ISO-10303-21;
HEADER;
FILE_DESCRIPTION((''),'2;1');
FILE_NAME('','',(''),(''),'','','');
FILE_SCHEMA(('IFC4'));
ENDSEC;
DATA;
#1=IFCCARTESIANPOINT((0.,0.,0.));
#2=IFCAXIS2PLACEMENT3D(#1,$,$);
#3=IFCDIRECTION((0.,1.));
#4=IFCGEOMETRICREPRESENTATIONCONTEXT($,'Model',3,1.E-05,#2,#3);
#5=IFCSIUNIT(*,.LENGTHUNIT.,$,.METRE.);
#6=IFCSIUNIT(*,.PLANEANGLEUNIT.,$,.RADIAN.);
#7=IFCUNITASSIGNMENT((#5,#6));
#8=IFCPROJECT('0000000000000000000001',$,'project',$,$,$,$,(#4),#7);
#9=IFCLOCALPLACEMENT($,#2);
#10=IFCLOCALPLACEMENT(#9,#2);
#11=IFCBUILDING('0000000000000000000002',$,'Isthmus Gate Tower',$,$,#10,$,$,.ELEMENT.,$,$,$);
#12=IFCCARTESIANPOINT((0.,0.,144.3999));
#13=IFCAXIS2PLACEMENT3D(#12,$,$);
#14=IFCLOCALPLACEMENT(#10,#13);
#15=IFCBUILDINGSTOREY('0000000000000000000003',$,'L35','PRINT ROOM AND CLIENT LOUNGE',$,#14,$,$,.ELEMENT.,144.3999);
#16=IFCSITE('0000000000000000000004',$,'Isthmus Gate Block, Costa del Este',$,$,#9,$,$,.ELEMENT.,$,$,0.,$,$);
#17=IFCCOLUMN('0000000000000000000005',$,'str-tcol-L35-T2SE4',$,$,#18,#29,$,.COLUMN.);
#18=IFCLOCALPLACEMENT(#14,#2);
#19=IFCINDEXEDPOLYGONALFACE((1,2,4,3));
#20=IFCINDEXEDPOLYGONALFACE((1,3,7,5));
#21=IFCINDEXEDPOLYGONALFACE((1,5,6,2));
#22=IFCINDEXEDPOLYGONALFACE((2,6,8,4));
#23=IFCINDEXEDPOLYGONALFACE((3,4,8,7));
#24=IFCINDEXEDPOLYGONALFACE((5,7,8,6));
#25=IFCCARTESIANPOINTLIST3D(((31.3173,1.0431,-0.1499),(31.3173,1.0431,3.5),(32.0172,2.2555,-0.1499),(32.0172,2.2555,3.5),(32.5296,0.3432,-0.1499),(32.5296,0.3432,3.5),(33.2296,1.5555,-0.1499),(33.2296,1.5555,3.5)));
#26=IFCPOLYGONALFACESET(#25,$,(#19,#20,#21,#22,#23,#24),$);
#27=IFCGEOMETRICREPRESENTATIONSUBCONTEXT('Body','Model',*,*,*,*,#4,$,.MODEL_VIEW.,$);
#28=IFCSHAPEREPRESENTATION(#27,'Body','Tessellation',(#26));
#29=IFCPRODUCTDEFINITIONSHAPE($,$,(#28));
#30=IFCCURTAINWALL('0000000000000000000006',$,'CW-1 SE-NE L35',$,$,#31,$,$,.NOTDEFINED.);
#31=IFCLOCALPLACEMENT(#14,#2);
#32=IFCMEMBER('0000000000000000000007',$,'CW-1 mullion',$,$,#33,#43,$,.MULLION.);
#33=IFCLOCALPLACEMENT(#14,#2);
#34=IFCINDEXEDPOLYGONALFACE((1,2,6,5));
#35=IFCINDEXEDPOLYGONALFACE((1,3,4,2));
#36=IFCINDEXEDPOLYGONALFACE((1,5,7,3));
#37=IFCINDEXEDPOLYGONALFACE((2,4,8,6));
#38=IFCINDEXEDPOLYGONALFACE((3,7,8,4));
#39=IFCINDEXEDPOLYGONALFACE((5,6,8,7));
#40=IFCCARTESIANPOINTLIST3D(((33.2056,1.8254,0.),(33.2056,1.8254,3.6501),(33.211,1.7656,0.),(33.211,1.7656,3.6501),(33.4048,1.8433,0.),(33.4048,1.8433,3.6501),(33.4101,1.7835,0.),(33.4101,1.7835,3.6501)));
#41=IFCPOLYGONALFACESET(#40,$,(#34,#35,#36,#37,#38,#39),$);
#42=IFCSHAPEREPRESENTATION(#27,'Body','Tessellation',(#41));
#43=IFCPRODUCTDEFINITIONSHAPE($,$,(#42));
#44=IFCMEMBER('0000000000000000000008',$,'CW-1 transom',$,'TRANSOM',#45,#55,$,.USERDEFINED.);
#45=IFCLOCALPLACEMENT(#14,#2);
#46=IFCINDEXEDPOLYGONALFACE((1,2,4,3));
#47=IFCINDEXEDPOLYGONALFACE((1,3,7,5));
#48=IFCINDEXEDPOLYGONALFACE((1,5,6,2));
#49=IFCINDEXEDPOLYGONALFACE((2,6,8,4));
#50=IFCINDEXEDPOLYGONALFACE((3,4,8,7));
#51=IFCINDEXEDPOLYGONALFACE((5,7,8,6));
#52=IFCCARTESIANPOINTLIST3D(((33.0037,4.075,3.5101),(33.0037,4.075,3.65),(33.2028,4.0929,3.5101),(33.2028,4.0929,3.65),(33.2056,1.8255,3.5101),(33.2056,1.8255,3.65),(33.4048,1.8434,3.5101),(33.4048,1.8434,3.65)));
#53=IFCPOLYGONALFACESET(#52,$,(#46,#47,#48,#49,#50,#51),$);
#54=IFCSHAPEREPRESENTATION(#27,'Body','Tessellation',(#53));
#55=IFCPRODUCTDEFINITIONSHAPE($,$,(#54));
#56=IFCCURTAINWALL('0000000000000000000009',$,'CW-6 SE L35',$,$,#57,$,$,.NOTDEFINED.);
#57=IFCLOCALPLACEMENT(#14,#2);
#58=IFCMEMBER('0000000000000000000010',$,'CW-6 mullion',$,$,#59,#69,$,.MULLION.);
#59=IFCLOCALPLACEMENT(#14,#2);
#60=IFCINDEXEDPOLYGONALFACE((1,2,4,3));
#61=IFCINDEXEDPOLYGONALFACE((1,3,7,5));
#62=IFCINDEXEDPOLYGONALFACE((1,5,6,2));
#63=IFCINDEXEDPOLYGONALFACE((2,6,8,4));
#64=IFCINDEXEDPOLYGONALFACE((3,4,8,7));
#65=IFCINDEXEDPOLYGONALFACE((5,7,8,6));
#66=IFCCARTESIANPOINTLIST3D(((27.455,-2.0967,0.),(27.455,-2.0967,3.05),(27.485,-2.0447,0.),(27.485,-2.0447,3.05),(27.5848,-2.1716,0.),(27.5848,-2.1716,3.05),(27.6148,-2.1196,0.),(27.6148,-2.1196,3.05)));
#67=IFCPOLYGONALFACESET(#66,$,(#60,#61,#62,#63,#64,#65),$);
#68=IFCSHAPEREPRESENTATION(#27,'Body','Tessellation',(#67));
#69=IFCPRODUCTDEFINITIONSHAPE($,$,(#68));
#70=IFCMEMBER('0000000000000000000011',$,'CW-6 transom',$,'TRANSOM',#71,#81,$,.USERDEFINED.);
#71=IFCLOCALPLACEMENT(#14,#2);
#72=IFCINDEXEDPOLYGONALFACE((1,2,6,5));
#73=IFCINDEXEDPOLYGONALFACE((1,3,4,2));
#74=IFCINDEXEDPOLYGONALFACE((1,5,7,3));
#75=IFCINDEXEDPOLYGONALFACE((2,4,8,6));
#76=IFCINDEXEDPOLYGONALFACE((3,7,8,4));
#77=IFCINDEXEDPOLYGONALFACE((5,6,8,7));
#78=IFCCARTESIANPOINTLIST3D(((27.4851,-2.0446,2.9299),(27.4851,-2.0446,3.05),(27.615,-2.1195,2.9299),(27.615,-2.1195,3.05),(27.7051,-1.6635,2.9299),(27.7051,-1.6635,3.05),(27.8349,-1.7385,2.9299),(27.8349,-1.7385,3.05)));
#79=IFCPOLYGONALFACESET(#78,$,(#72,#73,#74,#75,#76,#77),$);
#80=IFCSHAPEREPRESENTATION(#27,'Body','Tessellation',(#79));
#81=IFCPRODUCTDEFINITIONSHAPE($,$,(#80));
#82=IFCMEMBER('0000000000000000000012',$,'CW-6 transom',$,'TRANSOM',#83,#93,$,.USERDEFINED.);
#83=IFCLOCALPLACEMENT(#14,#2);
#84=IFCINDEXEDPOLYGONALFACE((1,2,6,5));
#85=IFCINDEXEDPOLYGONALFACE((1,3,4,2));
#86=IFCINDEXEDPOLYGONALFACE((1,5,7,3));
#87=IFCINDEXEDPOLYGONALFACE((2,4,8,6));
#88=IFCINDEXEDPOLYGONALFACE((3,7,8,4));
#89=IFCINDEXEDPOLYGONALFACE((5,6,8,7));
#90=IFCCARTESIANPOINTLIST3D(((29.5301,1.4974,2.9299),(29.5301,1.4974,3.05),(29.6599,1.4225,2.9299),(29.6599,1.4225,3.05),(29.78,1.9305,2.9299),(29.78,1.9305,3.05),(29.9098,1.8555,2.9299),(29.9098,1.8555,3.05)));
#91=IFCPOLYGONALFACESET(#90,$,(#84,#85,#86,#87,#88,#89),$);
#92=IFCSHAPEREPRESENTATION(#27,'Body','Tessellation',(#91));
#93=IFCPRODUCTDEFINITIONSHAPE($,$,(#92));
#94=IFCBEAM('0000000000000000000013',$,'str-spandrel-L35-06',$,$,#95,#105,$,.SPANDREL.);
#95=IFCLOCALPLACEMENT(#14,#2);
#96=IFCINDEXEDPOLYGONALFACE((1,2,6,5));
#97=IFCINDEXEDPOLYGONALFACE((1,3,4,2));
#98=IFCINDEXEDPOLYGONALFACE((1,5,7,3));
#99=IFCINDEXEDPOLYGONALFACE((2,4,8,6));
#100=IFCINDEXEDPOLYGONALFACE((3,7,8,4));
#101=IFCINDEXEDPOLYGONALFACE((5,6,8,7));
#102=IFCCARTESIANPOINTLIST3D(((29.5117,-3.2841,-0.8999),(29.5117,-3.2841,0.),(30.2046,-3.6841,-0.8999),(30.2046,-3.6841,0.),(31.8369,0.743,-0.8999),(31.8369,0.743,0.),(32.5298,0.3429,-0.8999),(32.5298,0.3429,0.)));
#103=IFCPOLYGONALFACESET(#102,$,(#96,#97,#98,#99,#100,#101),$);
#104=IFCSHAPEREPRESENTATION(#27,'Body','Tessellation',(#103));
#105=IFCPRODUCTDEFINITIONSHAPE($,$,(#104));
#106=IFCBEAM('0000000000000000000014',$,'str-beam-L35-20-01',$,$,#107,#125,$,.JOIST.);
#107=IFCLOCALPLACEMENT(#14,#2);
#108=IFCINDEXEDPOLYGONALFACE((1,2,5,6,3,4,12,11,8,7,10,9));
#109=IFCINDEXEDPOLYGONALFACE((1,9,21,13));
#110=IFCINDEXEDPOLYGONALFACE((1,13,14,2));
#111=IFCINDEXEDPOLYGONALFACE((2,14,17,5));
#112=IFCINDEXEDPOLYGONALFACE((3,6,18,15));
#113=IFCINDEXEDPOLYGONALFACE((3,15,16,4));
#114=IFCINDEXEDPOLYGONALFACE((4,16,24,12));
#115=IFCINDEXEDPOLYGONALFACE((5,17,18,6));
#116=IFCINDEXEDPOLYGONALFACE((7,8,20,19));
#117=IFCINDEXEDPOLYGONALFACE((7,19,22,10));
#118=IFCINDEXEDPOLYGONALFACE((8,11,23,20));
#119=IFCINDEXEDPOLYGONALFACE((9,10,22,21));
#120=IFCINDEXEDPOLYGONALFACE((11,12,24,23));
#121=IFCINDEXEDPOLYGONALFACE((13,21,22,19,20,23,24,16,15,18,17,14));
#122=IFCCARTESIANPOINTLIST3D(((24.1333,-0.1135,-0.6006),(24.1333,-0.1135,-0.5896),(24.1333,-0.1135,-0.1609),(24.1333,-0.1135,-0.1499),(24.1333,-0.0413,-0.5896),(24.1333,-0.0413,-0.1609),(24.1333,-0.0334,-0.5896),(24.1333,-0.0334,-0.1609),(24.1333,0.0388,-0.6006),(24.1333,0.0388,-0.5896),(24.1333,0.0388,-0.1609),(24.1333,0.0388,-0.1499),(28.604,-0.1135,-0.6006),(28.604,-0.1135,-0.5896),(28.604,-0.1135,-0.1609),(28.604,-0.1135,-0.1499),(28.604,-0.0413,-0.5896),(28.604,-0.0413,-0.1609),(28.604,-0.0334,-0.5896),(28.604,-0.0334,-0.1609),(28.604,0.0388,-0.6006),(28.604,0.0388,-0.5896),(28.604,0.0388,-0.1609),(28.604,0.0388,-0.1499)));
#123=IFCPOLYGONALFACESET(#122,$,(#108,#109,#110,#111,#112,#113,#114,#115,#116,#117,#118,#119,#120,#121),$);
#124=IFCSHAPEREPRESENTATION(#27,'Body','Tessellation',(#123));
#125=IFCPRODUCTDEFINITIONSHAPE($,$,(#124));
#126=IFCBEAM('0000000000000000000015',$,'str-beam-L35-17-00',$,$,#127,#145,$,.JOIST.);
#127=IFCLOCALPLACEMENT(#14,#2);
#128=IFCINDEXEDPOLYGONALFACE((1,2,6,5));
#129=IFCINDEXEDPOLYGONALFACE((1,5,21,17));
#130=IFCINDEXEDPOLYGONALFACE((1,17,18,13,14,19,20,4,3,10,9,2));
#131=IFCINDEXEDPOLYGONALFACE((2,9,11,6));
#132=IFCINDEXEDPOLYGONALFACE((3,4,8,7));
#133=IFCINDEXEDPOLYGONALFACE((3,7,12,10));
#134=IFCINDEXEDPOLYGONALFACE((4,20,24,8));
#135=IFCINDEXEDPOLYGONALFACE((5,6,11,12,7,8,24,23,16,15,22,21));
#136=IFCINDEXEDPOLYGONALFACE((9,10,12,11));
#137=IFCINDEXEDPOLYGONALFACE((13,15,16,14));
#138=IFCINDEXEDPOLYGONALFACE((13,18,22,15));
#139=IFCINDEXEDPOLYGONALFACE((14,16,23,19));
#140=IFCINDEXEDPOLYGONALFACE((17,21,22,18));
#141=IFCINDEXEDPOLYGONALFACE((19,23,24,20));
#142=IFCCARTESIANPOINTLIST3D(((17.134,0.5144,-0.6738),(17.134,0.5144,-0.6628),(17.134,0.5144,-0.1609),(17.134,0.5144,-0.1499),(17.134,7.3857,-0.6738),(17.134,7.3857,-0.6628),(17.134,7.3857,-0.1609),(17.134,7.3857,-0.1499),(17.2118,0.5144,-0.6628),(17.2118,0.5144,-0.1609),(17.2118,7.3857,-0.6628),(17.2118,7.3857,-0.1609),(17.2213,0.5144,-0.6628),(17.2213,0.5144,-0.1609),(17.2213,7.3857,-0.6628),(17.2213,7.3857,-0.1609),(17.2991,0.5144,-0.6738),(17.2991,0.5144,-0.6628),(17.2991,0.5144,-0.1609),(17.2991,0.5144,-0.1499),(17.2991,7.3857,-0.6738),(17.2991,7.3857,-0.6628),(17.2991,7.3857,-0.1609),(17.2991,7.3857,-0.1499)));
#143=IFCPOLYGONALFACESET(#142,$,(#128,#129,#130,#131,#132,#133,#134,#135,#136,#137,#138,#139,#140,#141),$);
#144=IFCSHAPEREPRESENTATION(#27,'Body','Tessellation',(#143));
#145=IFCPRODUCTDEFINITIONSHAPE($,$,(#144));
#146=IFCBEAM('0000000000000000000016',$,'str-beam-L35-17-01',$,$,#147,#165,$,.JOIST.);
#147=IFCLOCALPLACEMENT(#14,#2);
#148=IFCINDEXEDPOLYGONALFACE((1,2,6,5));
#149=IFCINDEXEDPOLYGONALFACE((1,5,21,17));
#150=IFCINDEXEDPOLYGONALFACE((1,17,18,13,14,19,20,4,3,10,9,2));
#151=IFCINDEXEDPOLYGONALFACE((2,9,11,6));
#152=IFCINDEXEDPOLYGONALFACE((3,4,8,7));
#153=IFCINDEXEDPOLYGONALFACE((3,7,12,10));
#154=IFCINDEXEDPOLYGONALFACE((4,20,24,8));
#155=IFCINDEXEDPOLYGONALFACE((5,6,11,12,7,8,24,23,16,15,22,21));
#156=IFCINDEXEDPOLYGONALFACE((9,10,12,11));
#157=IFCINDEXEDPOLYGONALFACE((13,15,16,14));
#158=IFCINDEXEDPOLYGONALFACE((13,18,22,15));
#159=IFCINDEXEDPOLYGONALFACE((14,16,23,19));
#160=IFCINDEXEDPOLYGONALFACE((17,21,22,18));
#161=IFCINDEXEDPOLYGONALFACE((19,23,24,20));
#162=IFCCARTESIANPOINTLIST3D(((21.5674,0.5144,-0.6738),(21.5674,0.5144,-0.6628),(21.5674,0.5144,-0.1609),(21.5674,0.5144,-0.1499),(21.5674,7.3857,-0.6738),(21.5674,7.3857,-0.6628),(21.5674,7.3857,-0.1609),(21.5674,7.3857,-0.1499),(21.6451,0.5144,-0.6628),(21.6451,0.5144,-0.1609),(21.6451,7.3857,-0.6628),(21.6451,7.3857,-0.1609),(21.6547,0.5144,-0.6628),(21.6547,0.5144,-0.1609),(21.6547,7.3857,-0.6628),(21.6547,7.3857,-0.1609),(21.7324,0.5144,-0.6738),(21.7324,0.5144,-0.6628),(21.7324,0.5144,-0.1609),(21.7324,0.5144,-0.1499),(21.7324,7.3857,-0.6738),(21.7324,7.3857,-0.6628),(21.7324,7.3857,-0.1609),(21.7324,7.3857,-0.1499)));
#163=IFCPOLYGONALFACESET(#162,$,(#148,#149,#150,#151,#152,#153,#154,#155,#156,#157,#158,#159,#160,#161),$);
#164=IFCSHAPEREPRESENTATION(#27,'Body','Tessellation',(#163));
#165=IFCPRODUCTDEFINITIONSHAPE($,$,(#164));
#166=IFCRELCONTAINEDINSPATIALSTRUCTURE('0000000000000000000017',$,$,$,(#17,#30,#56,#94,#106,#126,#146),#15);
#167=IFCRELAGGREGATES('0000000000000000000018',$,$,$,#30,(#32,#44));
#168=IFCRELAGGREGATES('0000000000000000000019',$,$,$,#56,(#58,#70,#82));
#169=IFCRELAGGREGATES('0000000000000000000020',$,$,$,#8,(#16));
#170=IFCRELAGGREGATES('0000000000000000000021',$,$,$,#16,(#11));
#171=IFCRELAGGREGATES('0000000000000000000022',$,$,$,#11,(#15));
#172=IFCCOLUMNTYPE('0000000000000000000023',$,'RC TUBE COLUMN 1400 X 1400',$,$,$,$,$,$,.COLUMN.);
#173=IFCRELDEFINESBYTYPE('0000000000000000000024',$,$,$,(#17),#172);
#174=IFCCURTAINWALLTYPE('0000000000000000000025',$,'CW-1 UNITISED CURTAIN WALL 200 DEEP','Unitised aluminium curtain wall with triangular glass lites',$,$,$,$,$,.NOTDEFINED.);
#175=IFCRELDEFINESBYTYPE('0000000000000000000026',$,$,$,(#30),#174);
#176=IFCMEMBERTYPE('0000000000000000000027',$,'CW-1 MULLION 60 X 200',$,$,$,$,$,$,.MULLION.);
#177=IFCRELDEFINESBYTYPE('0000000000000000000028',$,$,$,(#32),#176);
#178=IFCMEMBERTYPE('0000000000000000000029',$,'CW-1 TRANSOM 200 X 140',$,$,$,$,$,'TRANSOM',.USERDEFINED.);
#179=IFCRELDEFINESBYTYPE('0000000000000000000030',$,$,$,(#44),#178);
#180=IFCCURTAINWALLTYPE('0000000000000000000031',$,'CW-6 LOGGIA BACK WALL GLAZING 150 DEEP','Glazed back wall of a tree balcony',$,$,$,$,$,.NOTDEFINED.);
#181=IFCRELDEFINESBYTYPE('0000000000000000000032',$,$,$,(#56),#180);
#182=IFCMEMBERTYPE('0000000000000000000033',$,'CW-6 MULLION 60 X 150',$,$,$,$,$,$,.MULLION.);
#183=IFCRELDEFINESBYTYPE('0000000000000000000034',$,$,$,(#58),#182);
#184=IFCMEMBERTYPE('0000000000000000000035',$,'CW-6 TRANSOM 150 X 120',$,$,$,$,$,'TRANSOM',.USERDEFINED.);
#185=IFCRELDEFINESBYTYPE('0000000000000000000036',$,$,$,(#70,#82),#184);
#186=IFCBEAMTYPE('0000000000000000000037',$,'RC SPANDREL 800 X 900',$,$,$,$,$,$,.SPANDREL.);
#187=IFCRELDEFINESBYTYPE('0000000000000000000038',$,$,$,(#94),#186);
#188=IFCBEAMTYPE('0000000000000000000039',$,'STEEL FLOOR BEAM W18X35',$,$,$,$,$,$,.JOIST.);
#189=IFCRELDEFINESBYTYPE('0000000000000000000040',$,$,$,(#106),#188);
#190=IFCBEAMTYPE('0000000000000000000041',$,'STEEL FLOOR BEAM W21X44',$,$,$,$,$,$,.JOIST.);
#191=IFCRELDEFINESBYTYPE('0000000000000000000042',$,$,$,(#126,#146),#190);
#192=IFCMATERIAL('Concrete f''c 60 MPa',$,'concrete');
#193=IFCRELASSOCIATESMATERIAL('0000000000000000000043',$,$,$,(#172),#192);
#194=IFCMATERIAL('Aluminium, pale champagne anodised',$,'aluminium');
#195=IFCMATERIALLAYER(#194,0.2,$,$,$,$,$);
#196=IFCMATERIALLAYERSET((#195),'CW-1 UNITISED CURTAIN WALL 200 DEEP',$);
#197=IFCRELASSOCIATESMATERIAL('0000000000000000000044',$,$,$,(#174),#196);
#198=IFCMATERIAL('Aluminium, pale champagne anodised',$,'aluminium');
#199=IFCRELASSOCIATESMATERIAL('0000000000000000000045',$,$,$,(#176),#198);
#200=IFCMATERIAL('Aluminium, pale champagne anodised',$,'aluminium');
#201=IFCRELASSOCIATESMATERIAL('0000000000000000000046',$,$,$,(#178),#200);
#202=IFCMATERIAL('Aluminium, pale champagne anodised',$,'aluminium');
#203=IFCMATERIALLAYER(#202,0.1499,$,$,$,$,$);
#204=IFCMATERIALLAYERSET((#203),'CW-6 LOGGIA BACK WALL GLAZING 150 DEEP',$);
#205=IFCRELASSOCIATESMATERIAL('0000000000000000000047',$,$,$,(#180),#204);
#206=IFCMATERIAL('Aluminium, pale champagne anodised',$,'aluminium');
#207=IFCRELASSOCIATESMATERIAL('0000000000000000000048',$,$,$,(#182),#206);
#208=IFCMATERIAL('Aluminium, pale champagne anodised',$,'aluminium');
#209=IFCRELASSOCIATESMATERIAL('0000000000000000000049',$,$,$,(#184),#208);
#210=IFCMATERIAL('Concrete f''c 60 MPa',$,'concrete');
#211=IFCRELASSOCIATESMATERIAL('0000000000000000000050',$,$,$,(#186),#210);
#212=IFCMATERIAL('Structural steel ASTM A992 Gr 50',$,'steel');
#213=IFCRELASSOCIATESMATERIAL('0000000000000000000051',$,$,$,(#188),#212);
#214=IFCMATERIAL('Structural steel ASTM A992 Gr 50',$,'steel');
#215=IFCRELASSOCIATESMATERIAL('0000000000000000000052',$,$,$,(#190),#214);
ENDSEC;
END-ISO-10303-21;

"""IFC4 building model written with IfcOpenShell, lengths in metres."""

from ifc_helpers import new_model, si_unit, direction, frame, origin, origin_2d, place, context, subcontext, project, spatial, rectangle, i_section, extrude, material, layer, layer_set, material_profile, profile_set, type_object, element, aggregate, save


model = new_model("IFC4")

# Units and contexts
model_context = context("Model", 3, precision=1e-05, world=origin(), true_north=direction((0.0, 1.0)))
body_context = subcontext(model_context, "Body", "Model", "MODEL_VIEW")
ifc_project = project(units=[si_unit("LENGTHUNIT", "METRE"), si_unit("PLANEANGLEUNIT", "RADIAN")], contexts=[model_context])

# Site, building, storey
site_placement = place(None, origin())
site = spatial("IfcSite", under=ifc_project, at=site_placement, Name="Isthmus Gate Block, Costa del Este", CompositionType="ELEMENT", RefElevation=0.0)
building_placement = place(site_placement, origin())
building = spatial("IfcBuilding", under=site, at=building_placement, Name="Isthmus Gate Tower", CompositionType="ELEMENT")
storey_placement = place(building_placement, frame((0.0, 0.0, 144.3999)))
storey = spatial("IfcBuildingStorey", under=building, at=storey_placement, Name="L35", Description="PRINT ROOM AND CLIENT LOUNGE", CompositionType="ELEMENT", Elevation=144.3999)

# Column
ifc_material_1 = material(Name="Concrete f'c 60 MPa", Category="concrete")
ifc_material_profile_1 = material_profile(ifc_material_1, rectangle(XDim=1.3999, YDim=1.3999, at=origin_2d()), Name="RC 1400X1400")
ifc_profile_set_1 = profile_set([ifc_material_profile_1], Name="Concrete f'c 60 MPa")
column_type = type_object("IfcColumnType", Name="RC TUBE COLUMN 1400 X 1400", PredefinedType="COLUMN", material=ifc_profile_set_1)
column_placement = place(storey_placement, frame((32.2734, 1.2993, -0.1499), z_axis=(0.0, 0.0, 1.0), x_axis=(0.5, 0.866025, 0.0)))
element("IfcColumn", 1, at=column_placement, inside=storey, type_object=column_type, Name="str-tcol-L35-T2SE4", PredefinedType="COLUMN", context=body_context, shape_type="SweptSolid", body=[
    extrude(rectangle(XDim=1.3999, YDim=1.3999, at=origin_2d()), origin(), (0.0, 0.0, 1.0), 3.6499),
])

# Curtain walls, members
ifc_material_2 = material(Name="Aluminium, pale champagne anodised", Category="aluminium")
ifc_layer_1 = layer(ifc_material_2, 0.2)
ifc_layer_set_1 = layer_set([ifc_layer_1], Name="CW-1 UNITISED CURTAIN WALL 200 DEEP")
curtain_wall_type_1 = type_object("IfcCurtainWallType", Name="CW-1 UNITISED CURTAIN WALL 200 DEEP", Description="Unitised aluminium curtain wall with triangular glass lites", PredefinedType="NOTDEFINED", material=ifc_layer_set_1)
curtain_wall_1_placement = place(storey_placement, origin())
curtain_wall_1 = element("IfcCurtainWall", 2, at=curtain_wall_1_placement, inside=storey, type_object=curtain_wall_type_1, Name="CW-1 SE-NE L35", PredefinedType="NOTDEFINED")
ifc_material_3 = material(Name="Aluminium, pale champagne anodised", Category="aluminium")
ifc_material_profile_2 = material_profile(ifc_material_3, rectangle(XDim=0.0601, YDim=0.2, at=origin_2d()), Name="60x200")
ifc_profile_set_2 = profile_set([ifc_material_profile_2], Name="Aluminium, pale champagne anodised")
member_type_1 = type_object("IfcMemberType", Name="CW-1 MULLION 60 X 200", PredefinedType="MULLION", material=ifc_profile_set_2)
member_1_placement = place(storey_placement, frame((33.3079, 1.8044, 0.0), z_axis=(0.0, 0.0, 1.0), x_axis=(-0.089397, 0.995996, 0.0)))
member_1 = element("IfcMember", 3, at=member_1_placement, type_object=member_type_1, Name="CW-1 mullion", PredefinedType="MULLION", context=body_context, shape_type="SweptSolid", body=[
    extrude(rectangle(XDim=0.0601, YDim=0.2, at=origin_2d()), origin(), (0.0, 0.0, 1.0), 3.6501),
])
ifc_material_4 = material(Name="Aluminium, pale champagne anodised", Category="aluminium")
ifc_material_profile_3 = material_profile(ifc_material_4, rectangle(XDim=0.2, YDim=0.1399, at=origin_2d()), Name="200x140")
ifc_profile_set_3 = profile_set([ifc_material_profile_3], Name="Aluminium, pale champagne anodised")
member_type_2 = type_object("IfcMemberType", Name="CW-1 TRANSOM 200 X 140", ElementType="TRANSOM", PredefinedType="USERDEFINED", material=ifc_profile_set_3)
member_2_placement = place(storey_placement, frame((33.3052, 1.8345, 3.5801), z_axis=(-0.089395, 0.995996, 0.0), x_axis=(-0.995996, -0.089395, 0.0)))
member_2 = element("IfcMember", 4, at=member_2_placement, type_object=member_type_2, Name="CW-1 transom", ObjectType="TRANSOM", PredefinedType="USERDEFINED", context=body_context, shape_type="SweptSolid", body=[
    extrude(rectangle(XDim=0.2, YDim=0.1399, at=origin_2d()), origin(), (0.0, 0.0, 1.0), 2.2585),
])
aggregate(curtain_wall_1, [member_1, member_2])
ifc_material_5 = material(Name="Aluminium, pale champagne anodised", Category="aluminium")
ifc_layer_2 = layer(ifc_material_5, 0.1499)
ifc_layer_set_2 = layer_set([ifc_layer_2], Name="CW-6 LOGGIA BACK WALL GLAZING 150 DEEP")
curtain_wall_type_2 = type_object("IfcCurtainWallType", Name="CW-6 LOGGIA BACK WALL GLAZING 150 DEEP", Description="Glazed back wall of a tree balcony", PredefinedType="NOTDEFINED", material=ifc_layer_set_2)
curtain_wall_2_placement = place(storey_placement, origin())
curtain_wall_2 = element("IfcCurtainWall", 5, at=curtain_wall_2_placement, inside=storey, type_object=curtain_wall_type_2, Name="CW-6 SE L35", PredefinedType="NOTDEFINED")
ifc_material_6 = material(Name="Aluminium, pale champagne anodised", Category="aluminium")
ifc_material_profile_4 = material_profile(ifc_material_6, rectangle(XDim=0.0601, YDim=0.1499, at=origin_2d()), Name="60x150")
ifc_profile_set_4 = profile_set([ifc_material_profile_4], Name="Aluminium, pale champagne anodised")
member_type_3 = type_object("IfcMemberType", Name="CW-6 MULLION 60 X 150", PredefinedType="MULLION", material=ifc_profile_set_4)
member_3_placement = place(storey_placement, frame((27.5349, -2.1082, 0.0), z_axis=(0.0, 0.0, 1.0), x_axis=(0.5, 0.866025, 0.0)))
member_3 = element("IfcMember", 6, at=member_3_placement, type_object=member_type_3, Name="CW-6 mullion", PredefinedType="MULLION", context=body_context, shape_type="SweptSolid", body=[
    extrude(rectangle(XDim=0.0601, YDim=0.1499, at=origin_2d()), origin(), (0.0, 0.0, 1.0), 3.05),
])
ifc_material_7 = material(Name="Aluminium, pale champagne anodised", Category="aluminium")
ifc_material_profile_5 = material_profile(ifc_material_7, rectangle(XDim=0.1499, YDim=0.1201, at=origin_2d()), Name="150x120")
ifc_profile_set_5 = profile_set([ifc_material_profile_5], Name="Aluminium, pale champagne anodised")
member_type_4 = type_object("IfcMemberType", Name="CW-6 TRANSOM 150 X 120", ElementType="TRANSOM", PredefinedType="USERDEFINED", material=ifc_profile_set_5)
member_4_placement = place(storey_placement, frame((27.55, -2.082, 2.99), z_axis=(0.499899, 0.866084, 0.0), x_axis=(-0.866084, 0.499899, 0.0)))
member_4 = element("IfcMember", 7, at=member_4_placement, type_object=member_type_4, Name="CW-6 transom", ObjectType="TRANSOM", PredefinedType="USERDEFINED", context=body_context, shape_type="SweptSolid", body=[
    extrude(rectangle(XDim=0.1499, YDim=0.1201, at=origin_2d()), origin(), (0.0, 0.0, 1.0), 0.4399),
])
member_5_placement = place(storey_placement, frame((29.595, 1.46, 2.99), z_axis=(0.49992, 0.866072, 0.0), x_axis=(-0.866072, 0.49992, 0.0)))
member_5 = element("IfcMember", 8, at=member_5_placement, type_object=member_type_4, Name="CW-6 transom", ObjectType="TRANSOM", PredefinedType="USERDEFINED", context=body_context, shape_type="SweptSolid", body=[
    extrude(rectangle(XDim=0.1499, YDim=0.1201, at=origin_2d()), origin(), (0.0, 0.0, 1.0), 0.5),
])

# Beams
ifc_material_8 = material(Name="Concrete f'c 60 MPa", Category="concrete")
ifc_material_profile_6 = material_profile(ifc_material_8, rectangle(XDim=0.8, YDim=0.8999, at=origin_2d()), Name="RC 800X900")
ifc_profile_set_6 = profile_set([ifc_material_profile_6], Name="Concrete f'c 60 MPa")
beam_type_1 = type_object("IfcBeamType", Name="RC SPANDREL 800 X 900", PredefinedType="SPANDREL", material=ifc_profile_set_6)
beam_1_placement = place(storey_placement, frame((32.1833, 0.543, -0.45), z_axis=(-0.500024, -0.866012, 0.0), x_axis=(0.866012, -0.500024, 0.0)))
element("IfcBeam", 9, at=beam_1_placement, inside=storey, type_object=beam_type_1, Name="str-spandrel-L35-06", PredefinedType="SPANDREL", context=body_context, shape_type="SweptSolid", body=[
    extrude(rectangle(XDim=0.8, YDim=0.8999, at=origin_2d()), origin(), (0.0, 0.0, 1.0), 4.6501),
])
ifc_material_9 = material(Name="Structural steel ASTM A992 Gr 50", Category="steel")
ifc_material_profile_7 = material_profile(ifc_material_9, i_section(OverallWidth=0.1523, OverallDepth=0.4507, WebThickness=0.0078, FlangeThickness=0.011, at=origin_2d()), Name="W18X35")
ifc_profile_set_7 = profile_set([ifc_material_profile_7], Name="Structural steel ASTM A992 Gr 50")
beam_type_2 = type_object("IfcBeamType", Name="STEEL FLOOR BEAM W18X35", PredefinedType="JOIST", material=ifc_profile_set_7)
beam_2_placement = place(storey_placement, frame((24.1333, -0.0374, -0.3752), z_axis=(1.0, 0.0, 0.0), x_axis=(0.0, 1.0, 0.0)))
element("IfcBeam", 10, at=beam_2_placement, inside=storey, type_object=beam_type_2, Name="str-beam-L35-20-01", PredefinedType="JOIST", context=body_context, shape_type="SweptSolid", body=[
    extrude(i_section(OverallWidth=0.1523, OverallDepth=0.4507, WebThickness=0.0078, FlangeThickness=0.011, at=origin_2d()), origin(), (0.0, 0.0, 1.0), 4.4707),
])
ifc_material_10 = material(Name="Structural steel ASTM A992 Gr 50", Category="steel")
ifc_material_profile_8 = material_profile(ifc_material_10, i_section(OverallWidth=0.165, OverallDepth=0.5239, WebThickness=0.0095, FlangeThickness=0.011, at=origin_2d()), Name="W21X44")
ifc_profile_set_8 = profile_set([ifc_material_profile_8], Name="Structural steel ASTM A992 Gr 50")
beam_type_3 = type_object("IfcBeamType", Name="STEEL FLOOR BEAM W21X44", PredefinedType="JOIST", material=ifc_profile_set_8)
for number, where, z_axis, x_axis, name in (
    (11, (17.2166, 0.5144, -0.4119), (0.0, 1.0, 0.0), (-1.0, 0.0, 0.0), "str-beam-L35-17-00"),
    (12, (21.6499, 0.5144, -0.4119), (0.0, 1.0, 0.0), (-1.0, 0.0, 0.0), "str-beam-L35-17-01"),
):
    element("IfcBeam", number, at=place(storey_placement, frame(where, z_axis=z_axis, x_axis=x_axis)), inside=storey, type_object=beam_type_3, Name=name, PredefinedType="JOIST", context=body_context, shape_type="SweptSolid", body=[
        extrude(i_section(OverallWidth=0.165, OverallDepth=0.5239, WebThickness=0.0095, FlangeThickness=0.011, at=origin_2d()), origin(), (0.0, 0.0, 1.0), 6.8713),
    ])

aggregate(curtain_wall_2, [member_3, member_4, member_5])

save(model, "model.ifc")
